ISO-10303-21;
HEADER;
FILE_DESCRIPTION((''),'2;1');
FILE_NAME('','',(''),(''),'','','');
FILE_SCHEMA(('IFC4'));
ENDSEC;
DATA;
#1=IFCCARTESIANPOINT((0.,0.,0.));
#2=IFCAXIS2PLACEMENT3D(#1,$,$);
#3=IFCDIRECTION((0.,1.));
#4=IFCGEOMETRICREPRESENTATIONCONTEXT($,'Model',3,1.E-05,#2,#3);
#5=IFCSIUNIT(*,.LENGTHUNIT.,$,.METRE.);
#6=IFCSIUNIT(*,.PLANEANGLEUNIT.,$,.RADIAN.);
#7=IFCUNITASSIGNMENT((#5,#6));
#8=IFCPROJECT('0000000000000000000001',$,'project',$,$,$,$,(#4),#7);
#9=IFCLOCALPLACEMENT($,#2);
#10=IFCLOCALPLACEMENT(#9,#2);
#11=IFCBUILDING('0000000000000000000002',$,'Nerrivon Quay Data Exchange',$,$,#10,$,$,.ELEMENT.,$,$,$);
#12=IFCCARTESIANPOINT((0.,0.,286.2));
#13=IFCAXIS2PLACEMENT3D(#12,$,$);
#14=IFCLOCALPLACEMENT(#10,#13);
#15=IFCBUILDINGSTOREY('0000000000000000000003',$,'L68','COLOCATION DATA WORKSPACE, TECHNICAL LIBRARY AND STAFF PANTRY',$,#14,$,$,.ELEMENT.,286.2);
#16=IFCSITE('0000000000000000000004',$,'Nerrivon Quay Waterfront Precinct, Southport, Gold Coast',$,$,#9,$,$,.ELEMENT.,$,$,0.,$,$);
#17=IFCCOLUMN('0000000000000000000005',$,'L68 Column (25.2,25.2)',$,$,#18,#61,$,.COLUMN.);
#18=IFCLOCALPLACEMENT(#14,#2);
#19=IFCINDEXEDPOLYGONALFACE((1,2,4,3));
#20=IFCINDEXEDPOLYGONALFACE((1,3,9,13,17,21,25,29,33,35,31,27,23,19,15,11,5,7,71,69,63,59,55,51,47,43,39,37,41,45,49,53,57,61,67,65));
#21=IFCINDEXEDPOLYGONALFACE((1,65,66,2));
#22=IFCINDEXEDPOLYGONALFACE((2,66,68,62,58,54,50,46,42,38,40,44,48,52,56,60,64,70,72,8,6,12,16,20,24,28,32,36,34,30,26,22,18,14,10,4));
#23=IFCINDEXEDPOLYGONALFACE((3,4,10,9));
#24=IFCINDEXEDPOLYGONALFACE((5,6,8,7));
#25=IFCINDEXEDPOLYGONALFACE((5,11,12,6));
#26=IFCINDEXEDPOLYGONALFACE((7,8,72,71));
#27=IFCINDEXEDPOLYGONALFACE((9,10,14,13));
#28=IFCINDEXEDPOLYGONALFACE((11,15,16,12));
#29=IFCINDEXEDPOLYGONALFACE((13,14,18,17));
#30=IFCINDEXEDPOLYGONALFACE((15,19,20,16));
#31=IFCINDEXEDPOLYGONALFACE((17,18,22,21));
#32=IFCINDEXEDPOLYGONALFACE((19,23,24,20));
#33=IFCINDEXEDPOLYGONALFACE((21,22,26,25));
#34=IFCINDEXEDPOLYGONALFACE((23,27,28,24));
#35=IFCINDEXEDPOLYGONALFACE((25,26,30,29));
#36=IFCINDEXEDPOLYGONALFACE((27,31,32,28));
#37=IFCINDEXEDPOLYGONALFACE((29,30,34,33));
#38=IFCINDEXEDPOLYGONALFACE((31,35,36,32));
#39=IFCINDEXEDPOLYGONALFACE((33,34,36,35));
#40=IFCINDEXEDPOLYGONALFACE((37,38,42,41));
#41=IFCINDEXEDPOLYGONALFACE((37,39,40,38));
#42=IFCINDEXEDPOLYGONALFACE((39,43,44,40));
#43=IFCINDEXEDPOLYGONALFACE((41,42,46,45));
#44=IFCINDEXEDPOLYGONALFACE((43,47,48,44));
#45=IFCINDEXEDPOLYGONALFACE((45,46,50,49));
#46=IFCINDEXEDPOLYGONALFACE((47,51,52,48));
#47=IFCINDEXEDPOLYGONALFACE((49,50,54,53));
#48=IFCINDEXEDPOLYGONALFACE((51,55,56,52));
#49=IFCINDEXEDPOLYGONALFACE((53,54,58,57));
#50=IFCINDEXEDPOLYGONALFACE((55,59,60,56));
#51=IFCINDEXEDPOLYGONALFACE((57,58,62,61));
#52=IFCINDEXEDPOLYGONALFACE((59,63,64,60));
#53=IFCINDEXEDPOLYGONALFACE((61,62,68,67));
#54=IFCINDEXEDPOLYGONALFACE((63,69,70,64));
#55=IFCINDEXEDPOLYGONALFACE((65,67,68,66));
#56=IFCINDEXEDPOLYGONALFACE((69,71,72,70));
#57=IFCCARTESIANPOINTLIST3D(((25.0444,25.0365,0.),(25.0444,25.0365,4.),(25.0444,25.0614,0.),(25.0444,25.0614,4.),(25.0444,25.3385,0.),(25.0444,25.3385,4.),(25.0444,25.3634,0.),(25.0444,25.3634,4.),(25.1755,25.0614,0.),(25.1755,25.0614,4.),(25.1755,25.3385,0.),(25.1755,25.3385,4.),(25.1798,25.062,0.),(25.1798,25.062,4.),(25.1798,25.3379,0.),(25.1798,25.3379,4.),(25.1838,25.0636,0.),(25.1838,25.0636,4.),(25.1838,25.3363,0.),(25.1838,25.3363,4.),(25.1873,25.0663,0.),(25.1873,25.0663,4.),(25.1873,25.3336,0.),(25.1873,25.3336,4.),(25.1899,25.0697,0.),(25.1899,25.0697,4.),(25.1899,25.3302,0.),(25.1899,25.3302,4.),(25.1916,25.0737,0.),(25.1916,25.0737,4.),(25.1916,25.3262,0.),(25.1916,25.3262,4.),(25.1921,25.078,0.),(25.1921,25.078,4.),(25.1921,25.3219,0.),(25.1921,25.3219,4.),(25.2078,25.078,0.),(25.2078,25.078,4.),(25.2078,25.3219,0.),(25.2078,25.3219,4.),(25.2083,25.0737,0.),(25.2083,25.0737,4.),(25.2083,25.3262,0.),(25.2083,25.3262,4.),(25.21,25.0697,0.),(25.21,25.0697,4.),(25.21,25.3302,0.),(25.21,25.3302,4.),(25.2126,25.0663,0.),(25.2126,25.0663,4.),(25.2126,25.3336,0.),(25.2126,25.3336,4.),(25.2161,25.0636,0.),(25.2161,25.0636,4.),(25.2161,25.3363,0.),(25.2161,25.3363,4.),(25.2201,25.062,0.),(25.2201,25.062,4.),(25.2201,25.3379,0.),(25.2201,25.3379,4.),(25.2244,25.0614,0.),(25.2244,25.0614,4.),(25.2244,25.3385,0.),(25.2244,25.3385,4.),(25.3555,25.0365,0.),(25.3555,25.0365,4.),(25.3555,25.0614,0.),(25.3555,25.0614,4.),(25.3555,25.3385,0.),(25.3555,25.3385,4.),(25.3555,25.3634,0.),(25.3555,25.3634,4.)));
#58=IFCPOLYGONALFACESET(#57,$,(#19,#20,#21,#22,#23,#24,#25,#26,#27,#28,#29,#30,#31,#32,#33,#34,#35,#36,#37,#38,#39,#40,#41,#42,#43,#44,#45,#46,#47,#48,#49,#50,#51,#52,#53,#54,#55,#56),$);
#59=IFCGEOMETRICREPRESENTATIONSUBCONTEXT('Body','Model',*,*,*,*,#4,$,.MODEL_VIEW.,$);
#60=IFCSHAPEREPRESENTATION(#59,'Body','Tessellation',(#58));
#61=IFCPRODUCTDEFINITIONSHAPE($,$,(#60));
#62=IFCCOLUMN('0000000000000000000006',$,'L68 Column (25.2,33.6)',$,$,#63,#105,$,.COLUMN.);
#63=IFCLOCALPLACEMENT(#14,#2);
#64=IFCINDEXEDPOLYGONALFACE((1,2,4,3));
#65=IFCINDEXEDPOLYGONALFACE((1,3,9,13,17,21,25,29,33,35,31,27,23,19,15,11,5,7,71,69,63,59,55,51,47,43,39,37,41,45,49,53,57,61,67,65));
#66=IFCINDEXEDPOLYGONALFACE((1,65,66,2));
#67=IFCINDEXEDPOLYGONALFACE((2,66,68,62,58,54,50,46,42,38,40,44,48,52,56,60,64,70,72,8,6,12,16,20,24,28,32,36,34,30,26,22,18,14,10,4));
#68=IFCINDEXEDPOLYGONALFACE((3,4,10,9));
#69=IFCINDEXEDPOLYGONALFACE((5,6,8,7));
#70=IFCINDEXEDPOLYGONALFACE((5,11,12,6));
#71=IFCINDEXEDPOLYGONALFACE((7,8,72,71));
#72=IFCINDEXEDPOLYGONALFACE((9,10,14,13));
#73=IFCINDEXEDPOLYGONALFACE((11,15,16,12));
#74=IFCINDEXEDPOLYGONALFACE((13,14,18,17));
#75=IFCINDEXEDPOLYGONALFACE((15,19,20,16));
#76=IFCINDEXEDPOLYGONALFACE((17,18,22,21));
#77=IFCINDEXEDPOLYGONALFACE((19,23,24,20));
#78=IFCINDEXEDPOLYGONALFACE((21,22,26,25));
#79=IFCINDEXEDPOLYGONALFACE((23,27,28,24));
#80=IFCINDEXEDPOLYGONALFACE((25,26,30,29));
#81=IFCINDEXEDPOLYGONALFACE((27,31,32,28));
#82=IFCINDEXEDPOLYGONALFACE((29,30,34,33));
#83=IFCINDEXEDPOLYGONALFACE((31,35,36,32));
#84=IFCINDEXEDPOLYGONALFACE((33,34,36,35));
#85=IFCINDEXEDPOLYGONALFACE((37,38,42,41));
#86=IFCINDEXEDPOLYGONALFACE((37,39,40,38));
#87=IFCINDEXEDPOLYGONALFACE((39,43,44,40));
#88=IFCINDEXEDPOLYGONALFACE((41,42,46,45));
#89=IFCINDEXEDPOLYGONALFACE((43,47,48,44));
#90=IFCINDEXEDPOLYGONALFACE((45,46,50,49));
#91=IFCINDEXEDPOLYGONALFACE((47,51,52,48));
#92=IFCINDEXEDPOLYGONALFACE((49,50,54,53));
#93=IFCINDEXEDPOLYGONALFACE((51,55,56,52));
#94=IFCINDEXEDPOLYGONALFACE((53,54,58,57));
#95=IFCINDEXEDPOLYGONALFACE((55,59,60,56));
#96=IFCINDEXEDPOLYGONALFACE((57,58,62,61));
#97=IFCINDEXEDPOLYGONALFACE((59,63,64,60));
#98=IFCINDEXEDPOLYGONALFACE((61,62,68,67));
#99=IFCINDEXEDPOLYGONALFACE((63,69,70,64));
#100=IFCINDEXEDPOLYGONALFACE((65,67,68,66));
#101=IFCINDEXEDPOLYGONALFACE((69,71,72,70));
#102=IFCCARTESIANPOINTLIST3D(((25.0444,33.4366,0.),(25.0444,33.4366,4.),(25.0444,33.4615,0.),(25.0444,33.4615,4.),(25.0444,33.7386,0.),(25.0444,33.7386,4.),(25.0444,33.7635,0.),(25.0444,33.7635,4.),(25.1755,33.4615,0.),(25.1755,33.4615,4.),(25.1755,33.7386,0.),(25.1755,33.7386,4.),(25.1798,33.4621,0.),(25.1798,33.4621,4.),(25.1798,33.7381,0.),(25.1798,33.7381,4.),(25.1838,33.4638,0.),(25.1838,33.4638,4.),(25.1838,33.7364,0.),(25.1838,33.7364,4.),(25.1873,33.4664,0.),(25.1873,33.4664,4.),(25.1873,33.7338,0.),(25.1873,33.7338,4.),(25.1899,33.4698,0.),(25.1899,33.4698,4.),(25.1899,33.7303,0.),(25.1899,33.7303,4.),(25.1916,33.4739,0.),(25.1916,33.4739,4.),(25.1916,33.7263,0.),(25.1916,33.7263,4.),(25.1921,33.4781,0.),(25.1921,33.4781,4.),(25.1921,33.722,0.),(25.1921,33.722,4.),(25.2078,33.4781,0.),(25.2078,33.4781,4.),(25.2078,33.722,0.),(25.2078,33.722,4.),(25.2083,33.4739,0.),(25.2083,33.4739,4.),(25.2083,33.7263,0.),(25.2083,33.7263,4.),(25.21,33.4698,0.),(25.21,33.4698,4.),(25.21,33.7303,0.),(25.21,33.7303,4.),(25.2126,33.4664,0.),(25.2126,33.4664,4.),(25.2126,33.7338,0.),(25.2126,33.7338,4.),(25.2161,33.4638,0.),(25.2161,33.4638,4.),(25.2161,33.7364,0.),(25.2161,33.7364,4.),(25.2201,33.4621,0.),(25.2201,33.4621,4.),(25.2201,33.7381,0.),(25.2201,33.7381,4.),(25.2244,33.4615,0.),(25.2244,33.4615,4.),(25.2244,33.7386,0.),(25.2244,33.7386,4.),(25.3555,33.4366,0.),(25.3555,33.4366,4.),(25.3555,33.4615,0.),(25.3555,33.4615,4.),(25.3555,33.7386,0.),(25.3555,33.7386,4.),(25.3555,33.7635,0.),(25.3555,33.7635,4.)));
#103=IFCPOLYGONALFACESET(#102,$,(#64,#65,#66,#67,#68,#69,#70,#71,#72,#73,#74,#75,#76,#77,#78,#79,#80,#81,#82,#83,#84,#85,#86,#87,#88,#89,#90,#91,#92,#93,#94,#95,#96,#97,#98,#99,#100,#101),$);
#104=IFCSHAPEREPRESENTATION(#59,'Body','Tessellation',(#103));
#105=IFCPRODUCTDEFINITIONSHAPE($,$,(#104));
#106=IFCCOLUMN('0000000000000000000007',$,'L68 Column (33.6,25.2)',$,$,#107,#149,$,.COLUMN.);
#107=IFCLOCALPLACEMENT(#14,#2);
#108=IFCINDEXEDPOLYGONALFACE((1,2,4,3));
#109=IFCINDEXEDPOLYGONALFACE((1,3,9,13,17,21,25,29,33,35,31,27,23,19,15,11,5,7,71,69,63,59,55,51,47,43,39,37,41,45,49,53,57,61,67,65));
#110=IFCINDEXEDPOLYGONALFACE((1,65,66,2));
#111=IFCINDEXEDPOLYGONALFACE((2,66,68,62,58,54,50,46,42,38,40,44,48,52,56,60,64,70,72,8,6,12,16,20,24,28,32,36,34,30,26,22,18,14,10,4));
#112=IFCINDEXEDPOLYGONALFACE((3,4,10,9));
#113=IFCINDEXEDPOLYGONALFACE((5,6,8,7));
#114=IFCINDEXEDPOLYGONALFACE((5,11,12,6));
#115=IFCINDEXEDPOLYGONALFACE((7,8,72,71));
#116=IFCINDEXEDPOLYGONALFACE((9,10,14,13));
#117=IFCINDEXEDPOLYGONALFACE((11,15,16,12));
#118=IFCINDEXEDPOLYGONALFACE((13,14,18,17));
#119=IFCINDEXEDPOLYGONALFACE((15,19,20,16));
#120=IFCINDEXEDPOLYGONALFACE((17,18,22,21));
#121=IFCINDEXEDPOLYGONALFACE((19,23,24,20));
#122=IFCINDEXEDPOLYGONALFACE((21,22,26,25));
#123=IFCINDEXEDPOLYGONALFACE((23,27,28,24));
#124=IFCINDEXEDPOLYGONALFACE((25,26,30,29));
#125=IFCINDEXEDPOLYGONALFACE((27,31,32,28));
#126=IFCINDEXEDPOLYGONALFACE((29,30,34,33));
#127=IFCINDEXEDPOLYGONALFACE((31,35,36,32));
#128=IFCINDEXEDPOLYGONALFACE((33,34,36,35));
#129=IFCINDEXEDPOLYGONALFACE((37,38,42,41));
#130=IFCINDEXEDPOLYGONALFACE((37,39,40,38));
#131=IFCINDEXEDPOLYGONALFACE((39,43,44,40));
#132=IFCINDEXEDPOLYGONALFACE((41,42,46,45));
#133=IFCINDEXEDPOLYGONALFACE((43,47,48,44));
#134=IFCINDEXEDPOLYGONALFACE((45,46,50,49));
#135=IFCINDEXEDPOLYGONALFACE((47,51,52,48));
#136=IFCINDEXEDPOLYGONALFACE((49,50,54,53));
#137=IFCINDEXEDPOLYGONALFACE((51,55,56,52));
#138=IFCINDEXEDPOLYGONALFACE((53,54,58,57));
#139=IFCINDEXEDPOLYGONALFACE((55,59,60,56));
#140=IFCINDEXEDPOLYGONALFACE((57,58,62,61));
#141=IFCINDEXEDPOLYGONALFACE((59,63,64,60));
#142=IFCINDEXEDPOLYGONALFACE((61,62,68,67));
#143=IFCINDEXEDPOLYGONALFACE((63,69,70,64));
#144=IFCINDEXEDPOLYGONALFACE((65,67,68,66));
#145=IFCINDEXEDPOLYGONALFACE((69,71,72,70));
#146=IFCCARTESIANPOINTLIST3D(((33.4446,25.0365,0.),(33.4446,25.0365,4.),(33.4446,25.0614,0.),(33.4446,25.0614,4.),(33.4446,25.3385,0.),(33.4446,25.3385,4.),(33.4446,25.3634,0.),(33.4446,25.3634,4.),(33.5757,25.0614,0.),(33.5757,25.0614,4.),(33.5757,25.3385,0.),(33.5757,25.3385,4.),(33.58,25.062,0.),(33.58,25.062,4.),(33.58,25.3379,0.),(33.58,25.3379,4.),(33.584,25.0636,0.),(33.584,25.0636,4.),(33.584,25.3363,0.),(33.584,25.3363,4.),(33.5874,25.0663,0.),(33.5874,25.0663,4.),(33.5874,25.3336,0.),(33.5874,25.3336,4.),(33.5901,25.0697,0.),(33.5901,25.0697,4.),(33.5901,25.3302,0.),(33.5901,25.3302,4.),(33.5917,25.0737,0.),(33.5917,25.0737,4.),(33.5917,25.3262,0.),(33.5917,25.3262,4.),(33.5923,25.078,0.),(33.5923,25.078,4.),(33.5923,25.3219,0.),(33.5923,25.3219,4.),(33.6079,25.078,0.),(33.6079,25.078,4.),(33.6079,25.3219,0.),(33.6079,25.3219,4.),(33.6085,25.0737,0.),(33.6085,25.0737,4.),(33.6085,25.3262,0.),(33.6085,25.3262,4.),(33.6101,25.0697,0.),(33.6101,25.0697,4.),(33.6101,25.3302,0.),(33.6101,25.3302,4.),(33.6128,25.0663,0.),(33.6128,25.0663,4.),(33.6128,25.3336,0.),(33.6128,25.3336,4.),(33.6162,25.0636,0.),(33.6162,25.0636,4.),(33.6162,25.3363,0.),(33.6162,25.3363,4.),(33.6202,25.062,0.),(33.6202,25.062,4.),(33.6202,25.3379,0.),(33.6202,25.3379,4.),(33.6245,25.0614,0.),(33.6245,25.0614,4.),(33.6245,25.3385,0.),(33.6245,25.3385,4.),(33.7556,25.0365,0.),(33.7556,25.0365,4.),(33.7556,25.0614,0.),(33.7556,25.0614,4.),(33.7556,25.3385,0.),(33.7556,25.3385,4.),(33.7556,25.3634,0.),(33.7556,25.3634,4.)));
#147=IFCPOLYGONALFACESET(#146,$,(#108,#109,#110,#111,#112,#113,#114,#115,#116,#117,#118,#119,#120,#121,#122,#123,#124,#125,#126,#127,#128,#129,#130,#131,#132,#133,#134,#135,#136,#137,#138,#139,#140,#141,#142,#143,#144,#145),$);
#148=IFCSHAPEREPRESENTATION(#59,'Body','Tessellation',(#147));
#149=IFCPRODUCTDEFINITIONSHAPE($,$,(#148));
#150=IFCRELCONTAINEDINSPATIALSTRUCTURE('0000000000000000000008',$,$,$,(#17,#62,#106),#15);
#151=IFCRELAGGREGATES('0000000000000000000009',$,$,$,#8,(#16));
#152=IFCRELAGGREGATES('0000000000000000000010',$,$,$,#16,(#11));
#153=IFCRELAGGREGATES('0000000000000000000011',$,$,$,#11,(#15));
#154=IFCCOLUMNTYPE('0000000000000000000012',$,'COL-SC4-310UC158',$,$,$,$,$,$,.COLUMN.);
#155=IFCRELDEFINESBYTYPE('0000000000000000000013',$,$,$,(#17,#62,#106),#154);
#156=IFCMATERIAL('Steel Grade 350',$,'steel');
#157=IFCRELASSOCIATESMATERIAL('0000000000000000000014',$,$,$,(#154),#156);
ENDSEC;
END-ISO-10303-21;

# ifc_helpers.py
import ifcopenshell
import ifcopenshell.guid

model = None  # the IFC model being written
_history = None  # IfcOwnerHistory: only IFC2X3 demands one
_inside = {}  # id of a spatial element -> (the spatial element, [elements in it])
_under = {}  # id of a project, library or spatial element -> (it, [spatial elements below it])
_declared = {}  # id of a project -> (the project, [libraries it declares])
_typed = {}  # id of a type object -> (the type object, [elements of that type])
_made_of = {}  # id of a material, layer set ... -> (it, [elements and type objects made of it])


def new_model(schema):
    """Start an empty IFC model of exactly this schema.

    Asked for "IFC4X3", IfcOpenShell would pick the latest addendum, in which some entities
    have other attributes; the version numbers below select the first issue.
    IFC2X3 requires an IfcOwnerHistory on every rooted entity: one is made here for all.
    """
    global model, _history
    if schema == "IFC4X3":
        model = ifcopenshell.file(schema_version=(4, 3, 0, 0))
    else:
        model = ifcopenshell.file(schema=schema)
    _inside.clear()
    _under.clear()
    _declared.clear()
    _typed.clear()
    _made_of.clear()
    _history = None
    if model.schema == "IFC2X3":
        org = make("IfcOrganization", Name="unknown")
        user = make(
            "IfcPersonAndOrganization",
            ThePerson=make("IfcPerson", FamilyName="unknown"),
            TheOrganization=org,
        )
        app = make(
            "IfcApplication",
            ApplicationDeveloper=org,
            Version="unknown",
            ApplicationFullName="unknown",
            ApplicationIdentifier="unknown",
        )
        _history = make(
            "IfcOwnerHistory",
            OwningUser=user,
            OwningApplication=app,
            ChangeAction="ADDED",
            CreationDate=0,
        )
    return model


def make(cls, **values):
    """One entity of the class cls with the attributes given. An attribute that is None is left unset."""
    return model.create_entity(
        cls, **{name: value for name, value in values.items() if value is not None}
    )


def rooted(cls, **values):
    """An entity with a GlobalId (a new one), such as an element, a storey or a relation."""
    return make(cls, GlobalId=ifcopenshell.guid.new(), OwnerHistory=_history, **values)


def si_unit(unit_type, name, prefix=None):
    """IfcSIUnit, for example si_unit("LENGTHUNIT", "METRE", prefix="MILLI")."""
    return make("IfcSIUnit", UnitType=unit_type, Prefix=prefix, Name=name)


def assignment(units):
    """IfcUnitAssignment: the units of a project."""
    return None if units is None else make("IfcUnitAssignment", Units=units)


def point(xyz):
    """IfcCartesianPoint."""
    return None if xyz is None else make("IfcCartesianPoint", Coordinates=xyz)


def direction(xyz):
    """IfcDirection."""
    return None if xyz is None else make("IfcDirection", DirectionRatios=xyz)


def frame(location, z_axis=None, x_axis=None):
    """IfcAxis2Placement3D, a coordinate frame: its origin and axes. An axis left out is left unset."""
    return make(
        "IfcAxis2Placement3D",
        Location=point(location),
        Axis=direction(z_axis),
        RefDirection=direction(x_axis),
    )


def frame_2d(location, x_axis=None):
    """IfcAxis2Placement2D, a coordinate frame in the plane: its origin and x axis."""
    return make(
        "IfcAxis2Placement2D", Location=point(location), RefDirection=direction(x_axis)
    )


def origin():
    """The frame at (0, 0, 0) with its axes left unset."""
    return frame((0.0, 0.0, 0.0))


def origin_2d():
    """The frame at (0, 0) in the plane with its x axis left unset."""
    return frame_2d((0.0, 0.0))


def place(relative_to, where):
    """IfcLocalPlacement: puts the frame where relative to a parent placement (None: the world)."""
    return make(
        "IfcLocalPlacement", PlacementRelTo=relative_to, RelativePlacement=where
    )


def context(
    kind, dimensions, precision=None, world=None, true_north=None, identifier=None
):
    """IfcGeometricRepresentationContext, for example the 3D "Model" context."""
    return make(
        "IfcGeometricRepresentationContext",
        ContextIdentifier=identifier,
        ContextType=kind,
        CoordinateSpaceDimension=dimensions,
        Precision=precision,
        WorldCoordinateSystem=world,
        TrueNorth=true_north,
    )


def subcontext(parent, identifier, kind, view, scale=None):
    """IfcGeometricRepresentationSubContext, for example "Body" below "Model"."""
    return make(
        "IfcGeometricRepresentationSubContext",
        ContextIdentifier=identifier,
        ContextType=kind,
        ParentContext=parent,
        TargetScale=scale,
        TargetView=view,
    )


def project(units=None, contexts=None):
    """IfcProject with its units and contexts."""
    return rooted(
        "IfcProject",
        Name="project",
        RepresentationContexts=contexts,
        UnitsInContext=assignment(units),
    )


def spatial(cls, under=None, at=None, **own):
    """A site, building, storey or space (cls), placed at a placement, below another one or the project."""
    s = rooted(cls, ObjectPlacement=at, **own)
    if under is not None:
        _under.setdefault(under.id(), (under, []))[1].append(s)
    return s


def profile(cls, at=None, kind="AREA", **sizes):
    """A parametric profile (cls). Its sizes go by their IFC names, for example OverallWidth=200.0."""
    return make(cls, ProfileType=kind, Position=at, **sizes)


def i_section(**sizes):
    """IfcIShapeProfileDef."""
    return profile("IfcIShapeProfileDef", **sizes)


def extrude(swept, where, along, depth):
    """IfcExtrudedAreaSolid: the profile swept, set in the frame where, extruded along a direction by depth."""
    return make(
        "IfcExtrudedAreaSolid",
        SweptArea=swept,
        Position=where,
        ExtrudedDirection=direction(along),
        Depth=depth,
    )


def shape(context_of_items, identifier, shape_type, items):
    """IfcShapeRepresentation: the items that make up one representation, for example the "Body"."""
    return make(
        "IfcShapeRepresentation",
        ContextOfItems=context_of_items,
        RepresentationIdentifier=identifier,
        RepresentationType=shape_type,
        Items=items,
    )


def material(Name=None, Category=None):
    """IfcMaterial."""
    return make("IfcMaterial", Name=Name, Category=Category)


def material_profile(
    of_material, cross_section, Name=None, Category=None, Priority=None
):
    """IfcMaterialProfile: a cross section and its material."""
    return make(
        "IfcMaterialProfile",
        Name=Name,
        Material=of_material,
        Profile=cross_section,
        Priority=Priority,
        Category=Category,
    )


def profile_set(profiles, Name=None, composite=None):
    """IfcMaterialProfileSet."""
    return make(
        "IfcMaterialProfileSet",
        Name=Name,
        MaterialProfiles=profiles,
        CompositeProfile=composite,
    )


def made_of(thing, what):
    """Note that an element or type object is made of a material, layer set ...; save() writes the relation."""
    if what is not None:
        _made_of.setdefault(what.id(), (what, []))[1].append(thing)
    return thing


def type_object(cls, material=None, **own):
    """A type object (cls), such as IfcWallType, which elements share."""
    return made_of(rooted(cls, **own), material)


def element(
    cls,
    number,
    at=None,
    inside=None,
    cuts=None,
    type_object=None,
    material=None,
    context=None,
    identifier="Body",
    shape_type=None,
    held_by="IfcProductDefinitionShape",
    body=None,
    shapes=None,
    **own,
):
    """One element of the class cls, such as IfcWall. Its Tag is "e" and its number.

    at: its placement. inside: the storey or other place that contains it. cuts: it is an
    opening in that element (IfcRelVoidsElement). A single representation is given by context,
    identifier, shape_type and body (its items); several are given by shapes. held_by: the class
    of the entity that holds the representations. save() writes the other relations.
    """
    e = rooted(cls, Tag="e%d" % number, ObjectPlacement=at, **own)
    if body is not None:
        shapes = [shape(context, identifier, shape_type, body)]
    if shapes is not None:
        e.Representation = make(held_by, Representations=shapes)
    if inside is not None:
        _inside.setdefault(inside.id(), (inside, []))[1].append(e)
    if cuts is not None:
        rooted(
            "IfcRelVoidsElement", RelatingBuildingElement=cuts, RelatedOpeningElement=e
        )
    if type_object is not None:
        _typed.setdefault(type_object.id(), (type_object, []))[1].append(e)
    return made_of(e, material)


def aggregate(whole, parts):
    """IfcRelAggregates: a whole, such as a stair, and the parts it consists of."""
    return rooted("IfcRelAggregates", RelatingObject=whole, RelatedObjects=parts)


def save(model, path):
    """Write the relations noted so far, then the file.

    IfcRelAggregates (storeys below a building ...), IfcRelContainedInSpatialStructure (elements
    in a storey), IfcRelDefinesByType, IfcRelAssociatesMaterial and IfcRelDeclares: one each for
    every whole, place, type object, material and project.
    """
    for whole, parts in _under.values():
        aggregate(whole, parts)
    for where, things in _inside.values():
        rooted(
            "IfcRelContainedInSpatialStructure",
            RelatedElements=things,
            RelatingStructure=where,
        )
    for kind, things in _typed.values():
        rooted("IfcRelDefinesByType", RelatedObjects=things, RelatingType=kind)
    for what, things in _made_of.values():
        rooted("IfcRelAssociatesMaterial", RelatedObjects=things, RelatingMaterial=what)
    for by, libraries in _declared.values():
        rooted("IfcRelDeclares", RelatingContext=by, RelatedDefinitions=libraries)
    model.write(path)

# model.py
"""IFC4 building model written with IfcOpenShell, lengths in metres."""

from ifc_helpers import new_model, si_unit, direction, frame, origin, origin_2d, place, context, subcontext, project, spatial, i_section, extrude, material, material_profile, profile_set, type_object, element, save


model = new_model("IFC4")

# Units and contexts
model_context = context("Model", 3, precision=1e-05, world=origin(), true_north=direction((0.0, 1.0)))
body_context = subcontext(model_context, "Body", "Model", "MODEL_VIEW")
ifc_project = project(units=[si_unit("LENGTHUNIT", "METRE"), si_unit("PLANEANGLEUNIT", "RADIAN")], contexts=[model_context])

# Site, building, storey
site_placement = place(None, origin())
site = spatial("IfcSite", under=ifc_project, at=site_placement, Name="Nerrivon Quay Waterfront Precinct, Southport, Gold Coast", CompositionType="ELEMENT", RefElevation=0.0)
building_placement = place(site_placement, origin())
building = spatial("IfcBuilding", under=site, at=building_placement, Name="Nerrivon Quay Data Exchange", CompositionType="ELEMENT")
storey_placement = place(building_placement, frame((0.0, 0.0, 286.2)))
storey = spatial("IfcBuildingStorey", under=building, at=storey_placement, Name="L68", Description="COLOCATION DATA WORKSPACE, TECHNICAL LIBRARY AND STAFF PANTRY", CompositionType="ELEMENT", Elevation=286.2)

# Columns
ifc_material_1 = material(Name="Steel Grade 350", Category="steel")
ifc_material_profile_1 = material_profile(ifc_material_1, i_section(OverallWidth=0.311, OverallDepth=0.3269, WebThickness=0.0156, FlangeThickness=0.0249, FilletRadius=0.0166, at=origin_2d()), Name="310UC158")
ifc_profile_set_1 = profile_set([ifc_material_profile_1], Name="Steel Grade 350")
column_type = type_object("IfcColumnType", Name="COL-SC4-310UC158", PredefinedType="COLUMN", material=ifc_profile_set_1)
for number, where, z_axis, x_axis, name in (
    (1, (25.2, 25.2, 0.0), (0.0, 0.0, 1.0), (1.0, 0.0, 0.0), "L68 Column (25.2,25.2)"),
    (2, (25.2, 33.6001, 0.0), (0.0, 0.0, 1.0), (1.0, 0.0, 0.0), "L68 Column (25.2,33.6)"),
    (3, (33.6001, 25.2, 0.0), (0.0, 0.0, 1.0), (1.0, 0.0, 0.0), "L68 Column (33.6,25.2)"),
):
    element("IfcColumn", number, at=place(storey_placement, frame(where, z_axis=z_axis, x_axis=x_axis)), inside=storey, type_object=column_type, Name=name, PredefinedType="COLUMN", context=body_context, shape_type="SweptSolid", body=[
        extrude(i_section(OverallWidth=0.311, OverallDepth=0.3269, WebThickness=0.0156, FlangeThickness=0.0249, FilletRadius=0.0166, at=origin_2d()), origin(), (0.0, 0.0, 1.0), 4.0),
    ])

save(model, "model.ifc")
